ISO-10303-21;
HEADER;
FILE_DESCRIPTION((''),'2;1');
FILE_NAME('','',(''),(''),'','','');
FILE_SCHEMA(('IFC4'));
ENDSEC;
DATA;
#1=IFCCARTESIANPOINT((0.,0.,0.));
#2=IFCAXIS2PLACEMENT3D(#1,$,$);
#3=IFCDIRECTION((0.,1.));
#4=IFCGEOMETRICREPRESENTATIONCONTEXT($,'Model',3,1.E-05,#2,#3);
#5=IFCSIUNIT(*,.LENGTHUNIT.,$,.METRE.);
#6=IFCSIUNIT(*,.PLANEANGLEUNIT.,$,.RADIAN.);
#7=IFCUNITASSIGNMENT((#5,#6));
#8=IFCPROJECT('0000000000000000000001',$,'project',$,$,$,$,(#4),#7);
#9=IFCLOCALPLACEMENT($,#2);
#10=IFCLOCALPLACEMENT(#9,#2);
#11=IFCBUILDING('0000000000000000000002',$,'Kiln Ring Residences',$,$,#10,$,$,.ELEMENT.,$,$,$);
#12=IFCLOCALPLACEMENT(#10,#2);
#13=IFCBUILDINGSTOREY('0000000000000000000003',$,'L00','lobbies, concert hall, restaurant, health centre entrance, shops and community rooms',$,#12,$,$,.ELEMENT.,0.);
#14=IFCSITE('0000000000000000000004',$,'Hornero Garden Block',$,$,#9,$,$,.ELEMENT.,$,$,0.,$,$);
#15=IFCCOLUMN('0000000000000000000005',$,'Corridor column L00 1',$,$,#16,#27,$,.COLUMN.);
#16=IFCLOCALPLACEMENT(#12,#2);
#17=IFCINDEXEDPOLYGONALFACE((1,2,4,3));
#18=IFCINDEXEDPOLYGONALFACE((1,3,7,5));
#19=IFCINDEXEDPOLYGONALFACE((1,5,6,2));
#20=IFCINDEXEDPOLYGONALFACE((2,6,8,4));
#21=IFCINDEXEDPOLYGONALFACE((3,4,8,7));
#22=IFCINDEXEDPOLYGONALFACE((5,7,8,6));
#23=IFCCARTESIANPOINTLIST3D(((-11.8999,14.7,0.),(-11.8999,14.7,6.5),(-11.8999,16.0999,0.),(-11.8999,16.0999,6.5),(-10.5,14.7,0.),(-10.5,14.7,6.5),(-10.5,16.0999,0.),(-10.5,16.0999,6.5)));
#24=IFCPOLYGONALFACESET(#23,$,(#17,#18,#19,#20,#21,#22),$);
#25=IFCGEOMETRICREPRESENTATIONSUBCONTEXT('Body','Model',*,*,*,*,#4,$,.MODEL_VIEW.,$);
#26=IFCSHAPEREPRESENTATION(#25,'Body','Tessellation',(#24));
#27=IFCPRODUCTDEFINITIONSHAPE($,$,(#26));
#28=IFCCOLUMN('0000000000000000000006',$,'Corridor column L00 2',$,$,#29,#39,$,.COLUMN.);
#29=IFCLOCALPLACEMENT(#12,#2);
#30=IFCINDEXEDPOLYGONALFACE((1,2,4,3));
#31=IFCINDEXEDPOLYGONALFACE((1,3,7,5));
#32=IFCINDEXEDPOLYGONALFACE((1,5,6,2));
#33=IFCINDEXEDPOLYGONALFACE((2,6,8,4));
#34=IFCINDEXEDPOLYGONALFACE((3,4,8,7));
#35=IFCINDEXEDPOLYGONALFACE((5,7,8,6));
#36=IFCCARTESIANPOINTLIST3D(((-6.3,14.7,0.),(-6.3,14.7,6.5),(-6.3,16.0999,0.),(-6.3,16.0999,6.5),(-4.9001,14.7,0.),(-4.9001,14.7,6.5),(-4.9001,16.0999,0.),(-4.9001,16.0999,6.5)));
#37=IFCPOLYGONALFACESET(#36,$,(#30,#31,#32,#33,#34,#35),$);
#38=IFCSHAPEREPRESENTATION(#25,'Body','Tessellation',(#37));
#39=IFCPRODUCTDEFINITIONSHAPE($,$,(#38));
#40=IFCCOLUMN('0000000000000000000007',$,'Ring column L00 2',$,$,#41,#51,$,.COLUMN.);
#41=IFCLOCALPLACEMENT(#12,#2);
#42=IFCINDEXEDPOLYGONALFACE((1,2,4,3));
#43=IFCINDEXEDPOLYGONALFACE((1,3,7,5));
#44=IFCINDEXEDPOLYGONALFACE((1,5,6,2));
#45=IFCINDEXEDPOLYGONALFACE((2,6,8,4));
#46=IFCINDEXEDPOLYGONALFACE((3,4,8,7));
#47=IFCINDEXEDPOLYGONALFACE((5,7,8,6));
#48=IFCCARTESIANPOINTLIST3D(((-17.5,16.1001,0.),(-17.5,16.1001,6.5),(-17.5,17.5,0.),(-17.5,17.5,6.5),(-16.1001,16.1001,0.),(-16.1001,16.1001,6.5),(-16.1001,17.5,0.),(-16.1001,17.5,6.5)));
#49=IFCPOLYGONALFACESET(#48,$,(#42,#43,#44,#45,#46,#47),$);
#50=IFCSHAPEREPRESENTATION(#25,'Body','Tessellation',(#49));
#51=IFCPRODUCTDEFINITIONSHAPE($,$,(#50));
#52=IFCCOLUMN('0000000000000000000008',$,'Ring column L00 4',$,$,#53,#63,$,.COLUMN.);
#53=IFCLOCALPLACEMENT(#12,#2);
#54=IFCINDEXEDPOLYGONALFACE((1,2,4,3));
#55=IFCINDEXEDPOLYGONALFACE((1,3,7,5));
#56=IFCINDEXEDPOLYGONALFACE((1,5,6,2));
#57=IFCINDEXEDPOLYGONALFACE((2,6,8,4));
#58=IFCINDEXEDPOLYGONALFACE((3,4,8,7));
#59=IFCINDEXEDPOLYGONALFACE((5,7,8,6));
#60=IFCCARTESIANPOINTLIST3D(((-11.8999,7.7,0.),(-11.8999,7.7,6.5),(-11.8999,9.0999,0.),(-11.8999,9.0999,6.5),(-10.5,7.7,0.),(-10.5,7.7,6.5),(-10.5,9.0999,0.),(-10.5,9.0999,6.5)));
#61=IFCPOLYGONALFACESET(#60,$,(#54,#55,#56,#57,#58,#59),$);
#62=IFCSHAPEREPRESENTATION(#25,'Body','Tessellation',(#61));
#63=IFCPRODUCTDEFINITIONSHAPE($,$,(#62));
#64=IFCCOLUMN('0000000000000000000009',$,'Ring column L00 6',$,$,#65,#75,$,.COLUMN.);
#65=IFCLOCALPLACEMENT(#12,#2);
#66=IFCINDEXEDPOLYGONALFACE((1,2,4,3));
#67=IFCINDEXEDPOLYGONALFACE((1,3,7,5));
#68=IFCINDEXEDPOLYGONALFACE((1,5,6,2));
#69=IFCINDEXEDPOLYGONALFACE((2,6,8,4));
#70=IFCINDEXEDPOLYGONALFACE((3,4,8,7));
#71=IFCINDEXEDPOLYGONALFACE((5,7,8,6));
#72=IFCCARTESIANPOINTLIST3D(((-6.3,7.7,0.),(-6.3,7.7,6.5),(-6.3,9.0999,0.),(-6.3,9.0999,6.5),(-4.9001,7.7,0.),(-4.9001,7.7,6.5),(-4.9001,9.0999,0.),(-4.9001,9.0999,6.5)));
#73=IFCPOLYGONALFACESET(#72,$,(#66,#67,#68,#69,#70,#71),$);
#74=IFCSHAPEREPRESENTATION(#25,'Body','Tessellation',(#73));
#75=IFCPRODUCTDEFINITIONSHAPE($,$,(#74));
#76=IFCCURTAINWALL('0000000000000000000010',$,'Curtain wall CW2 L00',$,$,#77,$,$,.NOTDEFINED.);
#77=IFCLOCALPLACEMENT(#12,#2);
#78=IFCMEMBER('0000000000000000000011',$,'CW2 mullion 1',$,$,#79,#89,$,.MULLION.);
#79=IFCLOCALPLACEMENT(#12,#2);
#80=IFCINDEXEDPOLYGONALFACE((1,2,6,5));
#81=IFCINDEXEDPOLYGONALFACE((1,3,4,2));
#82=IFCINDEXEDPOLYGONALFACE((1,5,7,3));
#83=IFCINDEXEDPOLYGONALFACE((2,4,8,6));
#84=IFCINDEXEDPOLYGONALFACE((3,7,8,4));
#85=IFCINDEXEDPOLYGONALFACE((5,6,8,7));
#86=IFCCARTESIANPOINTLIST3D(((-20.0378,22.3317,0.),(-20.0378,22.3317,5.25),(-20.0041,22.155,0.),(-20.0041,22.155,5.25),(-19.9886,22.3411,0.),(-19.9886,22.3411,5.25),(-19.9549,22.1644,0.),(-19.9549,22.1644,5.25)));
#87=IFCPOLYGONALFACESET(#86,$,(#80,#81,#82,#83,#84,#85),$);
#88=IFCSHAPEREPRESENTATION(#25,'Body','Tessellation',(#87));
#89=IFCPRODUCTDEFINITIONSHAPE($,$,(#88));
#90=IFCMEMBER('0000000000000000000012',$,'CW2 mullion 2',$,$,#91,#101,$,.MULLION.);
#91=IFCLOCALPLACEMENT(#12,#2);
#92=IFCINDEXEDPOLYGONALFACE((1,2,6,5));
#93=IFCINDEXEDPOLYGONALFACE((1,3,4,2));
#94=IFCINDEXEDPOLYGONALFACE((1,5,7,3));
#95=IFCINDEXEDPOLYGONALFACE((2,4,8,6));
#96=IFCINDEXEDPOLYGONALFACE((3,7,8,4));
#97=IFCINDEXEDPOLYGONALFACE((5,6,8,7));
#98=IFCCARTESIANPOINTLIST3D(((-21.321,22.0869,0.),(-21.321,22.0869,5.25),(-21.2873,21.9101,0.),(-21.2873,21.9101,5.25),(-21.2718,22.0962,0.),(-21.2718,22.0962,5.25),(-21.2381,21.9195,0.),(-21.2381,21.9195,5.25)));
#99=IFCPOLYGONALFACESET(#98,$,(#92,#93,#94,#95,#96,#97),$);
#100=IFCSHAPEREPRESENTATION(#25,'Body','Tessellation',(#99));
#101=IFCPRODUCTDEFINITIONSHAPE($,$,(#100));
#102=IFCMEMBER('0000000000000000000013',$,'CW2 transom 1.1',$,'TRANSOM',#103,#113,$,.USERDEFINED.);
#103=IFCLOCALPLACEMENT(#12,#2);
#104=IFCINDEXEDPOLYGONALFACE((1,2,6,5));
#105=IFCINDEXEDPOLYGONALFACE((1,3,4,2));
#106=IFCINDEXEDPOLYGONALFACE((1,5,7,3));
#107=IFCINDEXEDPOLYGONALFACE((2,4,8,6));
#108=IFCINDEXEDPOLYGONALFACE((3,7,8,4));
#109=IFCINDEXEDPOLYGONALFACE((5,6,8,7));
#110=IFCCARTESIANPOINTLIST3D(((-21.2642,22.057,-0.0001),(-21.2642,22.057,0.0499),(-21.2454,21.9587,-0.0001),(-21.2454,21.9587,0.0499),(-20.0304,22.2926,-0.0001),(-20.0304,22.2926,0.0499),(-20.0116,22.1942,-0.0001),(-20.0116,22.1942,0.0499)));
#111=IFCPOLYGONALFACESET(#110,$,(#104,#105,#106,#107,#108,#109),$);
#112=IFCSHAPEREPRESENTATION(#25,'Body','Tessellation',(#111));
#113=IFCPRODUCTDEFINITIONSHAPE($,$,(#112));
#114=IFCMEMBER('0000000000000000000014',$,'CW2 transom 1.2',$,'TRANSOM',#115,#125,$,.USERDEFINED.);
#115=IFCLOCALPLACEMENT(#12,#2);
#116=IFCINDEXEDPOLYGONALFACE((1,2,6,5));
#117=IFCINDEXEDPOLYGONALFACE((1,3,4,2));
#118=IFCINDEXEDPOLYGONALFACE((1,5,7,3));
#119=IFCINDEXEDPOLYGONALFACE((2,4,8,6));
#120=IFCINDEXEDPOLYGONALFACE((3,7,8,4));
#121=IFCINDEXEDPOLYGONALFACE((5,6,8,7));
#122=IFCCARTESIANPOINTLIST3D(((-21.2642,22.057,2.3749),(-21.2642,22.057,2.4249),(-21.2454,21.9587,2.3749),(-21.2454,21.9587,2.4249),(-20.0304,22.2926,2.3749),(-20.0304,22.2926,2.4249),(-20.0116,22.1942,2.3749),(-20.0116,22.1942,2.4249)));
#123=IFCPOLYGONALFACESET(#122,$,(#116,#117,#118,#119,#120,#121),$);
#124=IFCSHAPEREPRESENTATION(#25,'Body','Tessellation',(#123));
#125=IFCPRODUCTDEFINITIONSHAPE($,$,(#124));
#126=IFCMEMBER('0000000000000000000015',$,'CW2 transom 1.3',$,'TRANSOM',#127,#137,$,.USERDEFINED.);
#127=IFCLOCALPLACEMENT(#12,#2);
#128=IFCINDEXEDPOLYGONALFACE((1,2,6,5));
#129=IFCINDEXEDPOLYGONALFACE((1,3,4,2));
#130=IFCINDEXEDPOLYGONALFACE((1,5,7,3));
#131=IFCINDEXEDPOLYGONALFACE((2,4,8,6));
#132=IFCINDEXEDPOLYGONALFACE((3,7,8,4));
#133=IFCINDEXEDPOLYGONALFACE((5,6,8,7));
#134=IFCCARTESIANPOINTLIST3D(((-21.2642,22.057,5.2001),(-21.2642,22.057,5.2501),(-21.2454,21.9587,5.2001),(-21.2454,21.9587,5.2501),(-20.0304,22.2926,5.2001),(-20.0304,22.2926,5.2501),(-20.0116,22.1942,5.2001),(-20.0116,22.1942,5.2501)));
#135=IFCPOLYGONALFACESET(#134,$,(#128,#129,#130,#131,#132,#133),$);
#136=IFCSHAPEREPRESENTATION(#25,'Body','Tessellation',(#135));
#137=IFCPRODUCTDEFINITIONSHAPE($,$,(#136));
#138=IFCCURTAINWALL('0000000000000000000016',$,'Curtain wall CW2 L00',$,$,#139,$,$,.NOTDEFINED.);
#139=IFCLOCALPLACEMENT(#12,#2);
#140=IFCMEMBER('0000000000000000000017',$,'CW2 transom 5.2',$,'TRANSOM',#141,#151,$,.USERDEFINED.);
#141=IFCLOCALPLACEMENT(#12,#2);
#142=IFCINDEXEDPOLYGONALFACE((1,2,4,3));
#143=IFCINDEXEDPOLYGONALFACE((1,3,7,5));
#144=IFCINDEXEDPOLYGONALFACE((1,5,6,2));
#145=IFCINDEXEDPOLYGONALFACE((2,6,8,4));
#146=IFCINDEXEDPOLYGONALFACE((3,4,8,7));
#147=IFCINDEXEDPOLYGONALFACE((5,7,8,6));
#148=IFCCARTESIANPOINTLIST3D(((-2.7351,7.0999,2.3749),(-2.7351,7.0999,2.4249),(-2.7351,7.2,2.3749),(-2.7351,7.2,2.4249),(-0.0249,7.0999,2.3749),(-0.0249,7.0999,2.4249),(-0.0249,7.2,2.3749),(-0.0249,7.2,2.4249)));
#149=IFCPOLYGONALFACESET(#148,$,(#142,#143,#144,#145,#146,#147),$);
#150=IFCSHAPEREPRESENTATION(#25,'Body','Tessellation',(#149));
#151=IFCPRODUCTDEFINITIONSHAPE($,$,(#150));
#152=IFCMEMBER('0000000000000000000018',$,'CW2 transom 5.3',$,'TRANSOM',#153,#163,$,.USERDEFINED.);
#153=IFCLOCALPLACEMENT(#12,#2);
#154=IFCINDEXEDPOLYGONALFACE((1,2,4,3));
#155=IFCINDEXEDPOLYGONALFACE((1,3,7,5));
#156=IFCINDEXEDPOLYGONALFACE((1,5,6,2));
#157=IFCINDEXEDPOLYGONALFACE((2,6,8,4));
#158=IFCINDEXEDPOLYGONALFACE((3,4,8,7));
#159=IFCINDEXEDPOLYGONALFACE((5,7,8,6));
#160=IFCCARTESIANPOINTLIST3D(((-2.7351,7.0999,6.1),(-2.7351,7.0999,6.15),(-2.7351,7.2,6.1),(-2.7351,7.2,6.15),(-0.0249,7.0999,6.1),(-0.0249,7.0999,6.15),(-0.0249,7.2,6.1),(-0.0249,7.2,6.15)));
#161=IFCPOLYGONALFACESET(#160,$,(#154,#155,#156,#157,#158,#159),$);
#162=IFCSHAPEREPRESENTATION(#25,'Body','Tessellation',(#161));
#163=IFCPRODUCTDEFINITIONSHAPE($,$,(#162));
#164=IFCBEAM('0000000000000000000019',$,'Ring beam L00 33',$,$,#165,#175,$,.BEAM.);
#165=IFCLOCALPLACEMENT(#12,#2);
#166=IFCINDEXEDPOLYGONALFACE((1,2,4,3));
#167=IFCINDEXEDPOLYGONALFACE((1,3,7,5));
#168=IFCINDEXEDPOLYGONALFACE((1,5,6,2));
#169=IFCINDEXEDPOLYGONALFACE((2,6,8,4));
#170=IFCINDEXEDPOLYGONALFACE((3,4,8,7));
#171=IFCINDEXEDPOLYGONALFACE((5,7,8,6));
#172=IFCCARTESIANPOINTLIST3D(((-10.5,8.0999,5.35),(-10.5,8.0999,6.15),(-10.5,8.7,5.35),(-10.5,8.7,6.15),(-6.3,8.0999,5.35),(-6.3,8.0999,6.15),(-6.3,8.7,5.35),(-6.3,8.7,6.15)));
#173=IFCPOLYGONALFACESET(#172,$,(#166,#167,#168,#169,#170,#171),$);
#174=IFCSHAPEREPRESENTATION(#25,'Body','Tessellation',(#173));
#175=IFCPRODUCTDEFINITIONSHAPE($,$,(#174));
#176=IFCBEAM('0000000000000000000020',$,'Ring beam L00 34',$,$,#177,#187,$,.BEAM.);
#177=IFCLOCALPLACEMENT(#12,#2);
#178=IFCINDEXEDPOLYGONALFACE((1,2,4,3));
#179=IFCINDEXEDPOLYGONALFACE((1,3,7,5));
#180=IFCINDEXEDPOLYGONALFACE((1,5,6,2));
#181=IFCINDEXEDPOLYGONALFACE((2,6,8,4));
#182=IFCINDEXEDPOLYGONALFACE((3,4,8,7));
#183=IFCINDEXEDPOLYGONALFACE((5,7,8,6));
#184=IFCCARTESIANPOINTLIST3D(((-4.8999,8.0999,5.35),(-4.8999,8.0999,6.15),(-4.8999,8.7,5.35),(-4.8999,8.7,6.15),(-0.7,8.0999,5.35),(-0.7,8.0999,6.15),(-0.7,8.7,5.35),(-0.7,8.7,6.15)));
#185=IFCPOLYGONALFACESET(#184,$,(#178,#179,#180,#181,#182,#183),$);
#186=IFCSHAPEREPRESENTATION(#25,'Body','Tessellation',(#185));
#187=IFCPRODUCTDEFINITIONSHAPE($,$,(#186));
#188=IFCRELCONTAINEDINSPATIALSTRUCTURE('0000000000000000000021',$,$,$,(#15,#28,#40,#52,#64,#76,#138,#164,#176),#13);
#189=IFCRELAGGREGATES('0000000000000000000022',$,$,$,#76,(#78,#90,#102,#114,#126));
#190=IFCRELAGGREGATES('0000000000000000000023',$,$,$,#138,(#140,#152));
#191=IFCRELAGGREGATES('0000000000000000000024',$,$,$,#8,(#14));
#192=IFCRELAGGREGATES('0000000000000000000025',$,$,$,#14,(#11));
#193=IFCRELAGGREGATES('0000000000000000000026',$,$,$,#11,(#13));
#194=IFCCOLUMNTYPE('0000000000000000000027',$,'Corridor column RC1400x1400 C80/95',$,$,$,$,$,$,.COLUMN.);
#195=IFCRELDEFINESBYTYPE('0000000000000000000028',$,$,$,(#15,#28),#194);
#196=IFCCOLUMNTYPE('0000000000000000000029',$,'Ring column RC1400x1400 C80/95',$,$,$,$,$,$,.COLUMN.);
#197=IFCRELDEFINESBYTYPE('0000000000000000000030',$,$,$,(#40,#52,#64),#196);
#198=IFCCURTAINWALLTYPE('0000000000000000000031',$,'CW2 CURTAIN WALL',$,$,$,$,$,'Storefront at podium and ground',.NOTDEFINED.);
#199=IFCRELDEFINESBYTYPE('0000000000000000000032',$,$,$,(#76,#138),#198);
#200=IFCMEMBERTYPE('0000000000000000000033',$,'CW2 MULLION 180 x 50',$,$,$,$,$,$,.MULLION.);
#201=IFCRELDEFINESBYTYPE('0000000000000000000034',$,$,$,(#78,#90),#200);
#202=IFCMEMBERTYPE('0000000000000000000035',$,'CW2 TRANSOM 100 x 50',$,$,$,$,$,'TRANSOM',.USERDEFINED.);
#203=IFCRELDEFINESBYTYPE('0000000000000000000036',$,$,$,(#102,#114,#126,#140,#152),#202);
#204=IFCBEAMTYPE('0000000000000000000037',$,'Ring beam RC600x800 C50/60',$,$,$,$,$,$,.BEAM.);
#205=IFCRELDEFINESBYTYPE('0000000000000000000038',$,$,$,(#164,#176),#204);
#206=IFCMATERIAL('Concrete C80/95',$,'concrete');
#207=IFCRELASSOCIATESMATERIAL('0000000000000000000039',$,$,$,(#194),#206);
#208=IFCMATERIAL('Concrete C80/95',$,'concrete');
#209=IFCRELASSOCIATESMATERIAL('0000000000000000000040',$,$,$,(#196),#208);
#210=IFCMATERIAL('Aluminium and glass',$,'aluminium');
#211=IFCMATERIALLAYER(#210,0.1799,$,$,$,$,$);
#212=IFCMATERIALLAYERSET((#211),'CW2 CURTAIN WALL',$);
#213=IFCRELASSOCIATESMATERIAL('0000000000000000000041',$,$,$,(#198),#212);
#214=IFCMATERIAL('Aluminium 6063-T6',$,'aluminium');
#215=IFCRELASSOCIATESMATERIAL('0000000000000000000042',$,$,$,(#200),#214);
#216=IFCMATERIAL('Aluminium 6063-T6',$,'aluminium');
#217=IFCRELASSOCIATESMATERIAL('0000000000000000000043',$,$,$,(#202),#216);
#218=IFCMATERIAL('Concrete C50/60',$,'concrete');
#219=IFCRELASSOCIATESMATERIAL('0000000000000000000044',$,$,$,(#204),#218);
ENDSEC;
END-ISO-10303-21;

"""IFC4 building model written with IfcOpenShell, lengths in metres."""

from ifc_helpers import new_model, si_unit, direction, frame, origin, origin_2d, place, context, subcontext, project, spatial, rectangle, extrude, material, layer, layer_set, material_profile, profile_set, type_object, element, aggregate, save


model = new_model("IFC4")

# Units and contexts
model_context = context("Model", 3, precision=1e-05, world=origin(), true_north=direction((0.0, 1.0)))
body_context = subcontext(model_context, "Body", "Model", "MODEL_VIEW")
ifc_project = project(units=[si_unit("LENGTHUNIT", "METRE"), si_unit("PLANEANGLEUNIT", "RADIAN")], contexts=[model_context])

# Site, building, storey
site_placement = place(None, origin())
site = spatial("IfcSite", under=ifc_project, at=site_placement, Name="Hornero Garden Block", CompositionType="ELEMENT", RefElevation=0.0)
building_placement = place(site_placement, origin())
building = spatial("IfcBuilding", under=site, at=building_placement, Name="Kiln Ring Residences", CompositionType="ELEMENT")
storey_placement = place(building_placement, origin())
storey = spatial("IfcBuildingStorey", under=building, at=storey_placement, Name="L00", Description="lobbies, concert hall, restaurant, health centre entrance, shops and community rooms", CompositionType="ELEMENT", Elevation=0.0)

# Columns
ifc_material_1 = material(Name="Concrete C80/95", Category="concrete")
ifc_material_profile_1 = material_profile(ifc_material_1, rectangle(XDim=1.3999, YDim=1.3999, at=origin_2d()), Name="RC1400x1400")
ifc_profile_set_1 = profile_set([ifc_material_profile_1], Name="Concrete C80/95")
column_type_1 = type_object("IfcColumnType", Name="Corridor column RC1400x1400 C80/95", PredefinedType="COLUMN", material=ifc_profile_set_1)
for number, where, z_axis, x_axis, name in (
    (1, (-11.2, 15.3999, 0.0), (0.0, 0.0, 1.0), (1.0, 0.0, 0.0), "Corridor column L00 1"),
    (2, (-5.6001, 15.3999, 0.0), (0.0, 0.0, 1.0), (1.0, 0.0, 0.0), "Corridor column L00 2"),
):
    element("IfcColumn", number, at=place(storey_placement, frame(where, z_axis=z_axis, x_axis=x_axis)), inside=storey, type_object=column_type_1, Name=name, PredefinedType="COLUMN", context=body_context, shape_type="SweptSolid", body=[
        extrude(rectangle(XDim=1.3999, YDim=1.3999, at=origin_2d()), origin(), (0.0, 0.0, 1.0), 6.5),
    ])
ifc_material_2 = material(Name="Concrete C80/95", Category="concrete")
ifc_material_profile_2 = material_profile(ifc_material_2, rectangle(XDim=1.3999, YDim=1.3999, at=origin_2d()), Name="RC1400x1400")
ifc_profile_set_2 = profile_set([ifc_material_profile_2], Name="Concrete C80/95")
column_type_2 = type_object("IfcColumnType", Name="Ring column RC1400x1400 C80/95", PredefinedType="COLUMN", material=ifc_profile_set_2)
for number, where, z_axis, x_axis, name in (
    (3, (-16.8, 16.8, 0.0), (0.0, 0.0, 1.0), (1.0, 0.0, 0.0), "Ring column L00 2"),
    (4, (-11.2, 8.3999, 0.0), (0.0, 0.0, 1.0), (1.0, 0.0, 0.0), "Ring column L00 4"),
    (5, (-5.6001, 8.3999, 0.0), (0.0, 0.0, 1.0), (1.0, 0.0, 0.0), "Ring column L00 6"),
):
    element("IfcColumn", number, at=place(storey_placement, frame(where, z_axis=z_axis, x_axis=x_axis)), inside=storey, type_object=column_type_2, Name=name, PredefinedType="COLUMN", context=body_context, shape_type="SweptSolid", body=[
        extrude(rectangle(XDim=1.3999, YDim=1.3999, at=origin_2d()), origin(), (0.0, 0.0, 1.0), 6.5),
    ])

# Curtain walls, members
ifc_material_3 = material(Name="Aluminium and glass", Category="aluminium")
ifc_layer_1 = layer(ifc_material_3, 0.1799)
ifc_layer_set_1 = layer_set([ifc_layer_1], Name="CW2 CURTAIN WALL")
curtain_wall_type = type_object("IfcCurtainWallType", Name="CW2 CURTAIN WALL", ElementType="Storefront at podium and ground", PredefinedType="NOTDEFINED", material=ifc_layer_set_1)
placement = place(storey_placement, origin())
curtain_wall_1 = element("IfcCurtainWall", 6, at=placement, inside=storey, type_object=curtain_wall_type, Name="Curtain wall CW2 L00", PredefinedType="NOTDEFINED")
ifc_material_4 = material(Name="Aluminium 6063-T6", Category="aluminium")
ifc_material_profile_3 = material_profile(ifc_material_4, rectangle(XDim=0.1799, YDim=0.05, at=origin_2d()), Name="AL 180x50")
ifc_profile_set_3 = profile_set([ifc_material_profile_3], Name="Aluminium 6063-T6")
member_type_1 = type_object("IfcMemberType", Name="CW2 MULLION 180 x 50", PredefinedType="MULLION", material=ifc_profile_set_3)
member_1_placement = place(storey_placement, frame((-19.9963, 22.248, 0.0), z_axis=(0.0, 0.0, 1.0), x_axis=(0.187366, -0.98229, 0.0)))
member_1 = element("IfcMember", 7, at=member_1_placement, type_object=member_type_1, Name="CW2 mullion 1", PredefinedType="MULLION", context=body_context, shape_type="SweptSolid", body=[
    extrude(rectangle(XDim=0.1799, YDim=0.05, at=origin_2d()), origin(), (0.0, 0.0, 1.0), 5.25),
])
member_2_placement = place(storey_placement, frame((-21.2795, 22.0032, 0.0), z_axis=(0.0, 0.0, 1.0), x_axis=(0.187366, -0.98229, 0.0)))
member_2 = element("IfcMember", 8, at=member_2_placement, type_object=member_type_1, Name="CW2 mullion 2", PredefinedType="MULLION", context=body_context, shape_type="SweptSolid", body=[
    extrude(rectangle(XDim=0.1799, YDim=0.05, at=origin_2d()), origin(), (0.0, 0.0, 1.0), 5.25),
])
ifc_material_5 = material(Name="Aluminium 6063-T6", Category="aluminium")
ifc_material_profile_4 = material_profile(ifc_material_5, rectangle(XDim=0.1001, YDim=0.05, at=origin_2d()), Name="AL 100x50")
ifc_profile_set_4 = profile_set([ifc_material_profile_4], Name="Aluminium 6063-T6")
member_type_2 = type_object("IfcMemberType", Name="CW2 TRANSOM 100 x 50", ElementType="TRANSOM", PredefinedType="USERDEFINED", material=ifc_profile_set_4)
member_3_placement = place(storey_placement, frame((-20.021, 22.2434, 0.0249), z_axis=(-0.982255, -0.18755, 0.0), x_axis=(0.18755, -0.982255, 0.0)))
member_3 = element("IfcMember", 9, at=member_3_placement, type_object=member_type_2, Name="CW2 transom 1.1", ObjectType="TRANSOM", PredefinedType="USERDEFINED", context=body_context, shape_type="SweptSolid", body=[
    extrude(rectangle(XDim=0.1001, YDim=0.05, at=origin_2d()), origin(), (0.0, 0.0, 1.0), 1.2561),
])
member_4_placement = place(storey_placement, frame((-20.021, 22.2434, 2.3999), z_axis=(-0.982255, -0.18755, 0.0), x_axis=(0.18755, -0.982255, 0.0)))
member_4 = element("IfcMember", 10, at=member_4_placement, type_object=member_type_2, Name="CW2 transom 1.2", ObjectType="TRANSOM", PredefinedType="USERDEFINED", context=body_context, shape_type="SweptSolid", body=[
    extrude(rectangle(XDim=0.1001, YDim=0.05, at=origin_2d()), origin(), (0.0, 0.0, 1.0), 1.2561),
])
member_5_placement = place(storey_placement, frame((-20.021, 22.2434, 5.2251), z_axis=(-0.982255, -0.18755, 0.0), x_axis=(0.18755, -0.982255, 0.0)))
member_5 = element("IfcMember", 11, at=member_5_placement, type_object=member_type_2, Name="CW2 transom 1.3", ObjectType="TRANSOM", PredefinedType="USERDEFINED", context=body_context, shape_type="SweptSolid", body=[
    extrude(rectangle(XDim=0.1001, YDim=0.05, at=origin_2d()), origin(), (0.0, 0.0, 1.0), 1.2561),
])
curtain_wall_2 = element("IfcCurtainWall", 12, at=placement, inside=storey, type_object=curtain_wall_type, Name="Curtain wall CW2 L00", PredefinedType="NOTDEFINED")
member_6_placement = place(storey_placement, frame((-2.7351, 7.1499, 2.3999), z_axis=(1.0, 0.0, 0.0), x_axis=(0.0, 1.0, 0.0)))
member_6 = element("IfcMember", 13, at=member_6_placement, type_object=member_type_2, Name="CW2 transom 5.2", ObjectType="TRANSOM", PredefinedType="USERDEFINED", context=body_context, shape_type="SweptSolid", body=[
    extrude(rectangle(XDim=0.1001, YDim=0.05, at=origin_2d()), origin(), (0.0, 0.0, 1.0), 2.7102),
])
member_7_placement = place(storey_placement, frame((-2.7351, 7.1499, 6.125), z_axis=(1.0, 0.0, 0.0), x_axis=(0.0, 1.0, 0.0)))
member_7 = element("IfcMember", 14, at=member_7_placement, type_object=member_type_2, Name="CW2 transom 5.3", ObjectType="TRANSOM", PredefinedType="USERDEFINED", context=body_context, shape_type="SweptSolid", body=[
    extrude(rectangle(XDim=0.1001, YDim=0.05, at=origin_2d()), origin(), (0.0, 0.0, 1.0), 2.7102),
])

# Beams
ifc_material_6 = material(Name="Concrete C50/60", Category="concrete")
ifc_material_profile_5 = material_profile(ifc_material_6, rectangle(XDim=0.6001, YDim=0.8, at=origin_2d()), Name="RC600x800")
ifc_profile_set_5 = profile_set([ifc_material_profile_5], Name="Concrete C50/60")
beam_type = type_object("IfcBeamType", Name="Ring beam RC600x800 C50/60", PredefinedType="BEAM", material=ifc_profile_set_5)
for number, where, z_axis, x_axis, name in (
    (15, (-10.5, 8.3999, 5.75), (1.0, 0.0, 0.0), (0.0, 1.0, 0.0), "Ring beam L00 33"),
    (16, (-4.8999, 8.3999, 5.75), (1.0, 0.0, 0.0), (0.0, 1.0, 0.0), "Ring beam L00 34"),
):
    element("IfcBeam", number, at=place(storey_placement, frame(where, z_axis=z_axis, x_axis=x_axis)), inside=storey, type_object=beam_type, Name=name, PredefinedType="BEAM", context=body_context, shape_type="SweptSolid", body=[
        extrude(rectangle(XDim=0.6001, YDim=0.8, at=origin_2d()), origin(), (0.0, 0.0, 1.0), 4.2),
    ])

aggregate(curtain_wall_1, [member_1, member_2, member_3, member_4, member_5])
aggregate(curtain_wall_2, [member_6, member_7])

save(model, "model.ifc")
